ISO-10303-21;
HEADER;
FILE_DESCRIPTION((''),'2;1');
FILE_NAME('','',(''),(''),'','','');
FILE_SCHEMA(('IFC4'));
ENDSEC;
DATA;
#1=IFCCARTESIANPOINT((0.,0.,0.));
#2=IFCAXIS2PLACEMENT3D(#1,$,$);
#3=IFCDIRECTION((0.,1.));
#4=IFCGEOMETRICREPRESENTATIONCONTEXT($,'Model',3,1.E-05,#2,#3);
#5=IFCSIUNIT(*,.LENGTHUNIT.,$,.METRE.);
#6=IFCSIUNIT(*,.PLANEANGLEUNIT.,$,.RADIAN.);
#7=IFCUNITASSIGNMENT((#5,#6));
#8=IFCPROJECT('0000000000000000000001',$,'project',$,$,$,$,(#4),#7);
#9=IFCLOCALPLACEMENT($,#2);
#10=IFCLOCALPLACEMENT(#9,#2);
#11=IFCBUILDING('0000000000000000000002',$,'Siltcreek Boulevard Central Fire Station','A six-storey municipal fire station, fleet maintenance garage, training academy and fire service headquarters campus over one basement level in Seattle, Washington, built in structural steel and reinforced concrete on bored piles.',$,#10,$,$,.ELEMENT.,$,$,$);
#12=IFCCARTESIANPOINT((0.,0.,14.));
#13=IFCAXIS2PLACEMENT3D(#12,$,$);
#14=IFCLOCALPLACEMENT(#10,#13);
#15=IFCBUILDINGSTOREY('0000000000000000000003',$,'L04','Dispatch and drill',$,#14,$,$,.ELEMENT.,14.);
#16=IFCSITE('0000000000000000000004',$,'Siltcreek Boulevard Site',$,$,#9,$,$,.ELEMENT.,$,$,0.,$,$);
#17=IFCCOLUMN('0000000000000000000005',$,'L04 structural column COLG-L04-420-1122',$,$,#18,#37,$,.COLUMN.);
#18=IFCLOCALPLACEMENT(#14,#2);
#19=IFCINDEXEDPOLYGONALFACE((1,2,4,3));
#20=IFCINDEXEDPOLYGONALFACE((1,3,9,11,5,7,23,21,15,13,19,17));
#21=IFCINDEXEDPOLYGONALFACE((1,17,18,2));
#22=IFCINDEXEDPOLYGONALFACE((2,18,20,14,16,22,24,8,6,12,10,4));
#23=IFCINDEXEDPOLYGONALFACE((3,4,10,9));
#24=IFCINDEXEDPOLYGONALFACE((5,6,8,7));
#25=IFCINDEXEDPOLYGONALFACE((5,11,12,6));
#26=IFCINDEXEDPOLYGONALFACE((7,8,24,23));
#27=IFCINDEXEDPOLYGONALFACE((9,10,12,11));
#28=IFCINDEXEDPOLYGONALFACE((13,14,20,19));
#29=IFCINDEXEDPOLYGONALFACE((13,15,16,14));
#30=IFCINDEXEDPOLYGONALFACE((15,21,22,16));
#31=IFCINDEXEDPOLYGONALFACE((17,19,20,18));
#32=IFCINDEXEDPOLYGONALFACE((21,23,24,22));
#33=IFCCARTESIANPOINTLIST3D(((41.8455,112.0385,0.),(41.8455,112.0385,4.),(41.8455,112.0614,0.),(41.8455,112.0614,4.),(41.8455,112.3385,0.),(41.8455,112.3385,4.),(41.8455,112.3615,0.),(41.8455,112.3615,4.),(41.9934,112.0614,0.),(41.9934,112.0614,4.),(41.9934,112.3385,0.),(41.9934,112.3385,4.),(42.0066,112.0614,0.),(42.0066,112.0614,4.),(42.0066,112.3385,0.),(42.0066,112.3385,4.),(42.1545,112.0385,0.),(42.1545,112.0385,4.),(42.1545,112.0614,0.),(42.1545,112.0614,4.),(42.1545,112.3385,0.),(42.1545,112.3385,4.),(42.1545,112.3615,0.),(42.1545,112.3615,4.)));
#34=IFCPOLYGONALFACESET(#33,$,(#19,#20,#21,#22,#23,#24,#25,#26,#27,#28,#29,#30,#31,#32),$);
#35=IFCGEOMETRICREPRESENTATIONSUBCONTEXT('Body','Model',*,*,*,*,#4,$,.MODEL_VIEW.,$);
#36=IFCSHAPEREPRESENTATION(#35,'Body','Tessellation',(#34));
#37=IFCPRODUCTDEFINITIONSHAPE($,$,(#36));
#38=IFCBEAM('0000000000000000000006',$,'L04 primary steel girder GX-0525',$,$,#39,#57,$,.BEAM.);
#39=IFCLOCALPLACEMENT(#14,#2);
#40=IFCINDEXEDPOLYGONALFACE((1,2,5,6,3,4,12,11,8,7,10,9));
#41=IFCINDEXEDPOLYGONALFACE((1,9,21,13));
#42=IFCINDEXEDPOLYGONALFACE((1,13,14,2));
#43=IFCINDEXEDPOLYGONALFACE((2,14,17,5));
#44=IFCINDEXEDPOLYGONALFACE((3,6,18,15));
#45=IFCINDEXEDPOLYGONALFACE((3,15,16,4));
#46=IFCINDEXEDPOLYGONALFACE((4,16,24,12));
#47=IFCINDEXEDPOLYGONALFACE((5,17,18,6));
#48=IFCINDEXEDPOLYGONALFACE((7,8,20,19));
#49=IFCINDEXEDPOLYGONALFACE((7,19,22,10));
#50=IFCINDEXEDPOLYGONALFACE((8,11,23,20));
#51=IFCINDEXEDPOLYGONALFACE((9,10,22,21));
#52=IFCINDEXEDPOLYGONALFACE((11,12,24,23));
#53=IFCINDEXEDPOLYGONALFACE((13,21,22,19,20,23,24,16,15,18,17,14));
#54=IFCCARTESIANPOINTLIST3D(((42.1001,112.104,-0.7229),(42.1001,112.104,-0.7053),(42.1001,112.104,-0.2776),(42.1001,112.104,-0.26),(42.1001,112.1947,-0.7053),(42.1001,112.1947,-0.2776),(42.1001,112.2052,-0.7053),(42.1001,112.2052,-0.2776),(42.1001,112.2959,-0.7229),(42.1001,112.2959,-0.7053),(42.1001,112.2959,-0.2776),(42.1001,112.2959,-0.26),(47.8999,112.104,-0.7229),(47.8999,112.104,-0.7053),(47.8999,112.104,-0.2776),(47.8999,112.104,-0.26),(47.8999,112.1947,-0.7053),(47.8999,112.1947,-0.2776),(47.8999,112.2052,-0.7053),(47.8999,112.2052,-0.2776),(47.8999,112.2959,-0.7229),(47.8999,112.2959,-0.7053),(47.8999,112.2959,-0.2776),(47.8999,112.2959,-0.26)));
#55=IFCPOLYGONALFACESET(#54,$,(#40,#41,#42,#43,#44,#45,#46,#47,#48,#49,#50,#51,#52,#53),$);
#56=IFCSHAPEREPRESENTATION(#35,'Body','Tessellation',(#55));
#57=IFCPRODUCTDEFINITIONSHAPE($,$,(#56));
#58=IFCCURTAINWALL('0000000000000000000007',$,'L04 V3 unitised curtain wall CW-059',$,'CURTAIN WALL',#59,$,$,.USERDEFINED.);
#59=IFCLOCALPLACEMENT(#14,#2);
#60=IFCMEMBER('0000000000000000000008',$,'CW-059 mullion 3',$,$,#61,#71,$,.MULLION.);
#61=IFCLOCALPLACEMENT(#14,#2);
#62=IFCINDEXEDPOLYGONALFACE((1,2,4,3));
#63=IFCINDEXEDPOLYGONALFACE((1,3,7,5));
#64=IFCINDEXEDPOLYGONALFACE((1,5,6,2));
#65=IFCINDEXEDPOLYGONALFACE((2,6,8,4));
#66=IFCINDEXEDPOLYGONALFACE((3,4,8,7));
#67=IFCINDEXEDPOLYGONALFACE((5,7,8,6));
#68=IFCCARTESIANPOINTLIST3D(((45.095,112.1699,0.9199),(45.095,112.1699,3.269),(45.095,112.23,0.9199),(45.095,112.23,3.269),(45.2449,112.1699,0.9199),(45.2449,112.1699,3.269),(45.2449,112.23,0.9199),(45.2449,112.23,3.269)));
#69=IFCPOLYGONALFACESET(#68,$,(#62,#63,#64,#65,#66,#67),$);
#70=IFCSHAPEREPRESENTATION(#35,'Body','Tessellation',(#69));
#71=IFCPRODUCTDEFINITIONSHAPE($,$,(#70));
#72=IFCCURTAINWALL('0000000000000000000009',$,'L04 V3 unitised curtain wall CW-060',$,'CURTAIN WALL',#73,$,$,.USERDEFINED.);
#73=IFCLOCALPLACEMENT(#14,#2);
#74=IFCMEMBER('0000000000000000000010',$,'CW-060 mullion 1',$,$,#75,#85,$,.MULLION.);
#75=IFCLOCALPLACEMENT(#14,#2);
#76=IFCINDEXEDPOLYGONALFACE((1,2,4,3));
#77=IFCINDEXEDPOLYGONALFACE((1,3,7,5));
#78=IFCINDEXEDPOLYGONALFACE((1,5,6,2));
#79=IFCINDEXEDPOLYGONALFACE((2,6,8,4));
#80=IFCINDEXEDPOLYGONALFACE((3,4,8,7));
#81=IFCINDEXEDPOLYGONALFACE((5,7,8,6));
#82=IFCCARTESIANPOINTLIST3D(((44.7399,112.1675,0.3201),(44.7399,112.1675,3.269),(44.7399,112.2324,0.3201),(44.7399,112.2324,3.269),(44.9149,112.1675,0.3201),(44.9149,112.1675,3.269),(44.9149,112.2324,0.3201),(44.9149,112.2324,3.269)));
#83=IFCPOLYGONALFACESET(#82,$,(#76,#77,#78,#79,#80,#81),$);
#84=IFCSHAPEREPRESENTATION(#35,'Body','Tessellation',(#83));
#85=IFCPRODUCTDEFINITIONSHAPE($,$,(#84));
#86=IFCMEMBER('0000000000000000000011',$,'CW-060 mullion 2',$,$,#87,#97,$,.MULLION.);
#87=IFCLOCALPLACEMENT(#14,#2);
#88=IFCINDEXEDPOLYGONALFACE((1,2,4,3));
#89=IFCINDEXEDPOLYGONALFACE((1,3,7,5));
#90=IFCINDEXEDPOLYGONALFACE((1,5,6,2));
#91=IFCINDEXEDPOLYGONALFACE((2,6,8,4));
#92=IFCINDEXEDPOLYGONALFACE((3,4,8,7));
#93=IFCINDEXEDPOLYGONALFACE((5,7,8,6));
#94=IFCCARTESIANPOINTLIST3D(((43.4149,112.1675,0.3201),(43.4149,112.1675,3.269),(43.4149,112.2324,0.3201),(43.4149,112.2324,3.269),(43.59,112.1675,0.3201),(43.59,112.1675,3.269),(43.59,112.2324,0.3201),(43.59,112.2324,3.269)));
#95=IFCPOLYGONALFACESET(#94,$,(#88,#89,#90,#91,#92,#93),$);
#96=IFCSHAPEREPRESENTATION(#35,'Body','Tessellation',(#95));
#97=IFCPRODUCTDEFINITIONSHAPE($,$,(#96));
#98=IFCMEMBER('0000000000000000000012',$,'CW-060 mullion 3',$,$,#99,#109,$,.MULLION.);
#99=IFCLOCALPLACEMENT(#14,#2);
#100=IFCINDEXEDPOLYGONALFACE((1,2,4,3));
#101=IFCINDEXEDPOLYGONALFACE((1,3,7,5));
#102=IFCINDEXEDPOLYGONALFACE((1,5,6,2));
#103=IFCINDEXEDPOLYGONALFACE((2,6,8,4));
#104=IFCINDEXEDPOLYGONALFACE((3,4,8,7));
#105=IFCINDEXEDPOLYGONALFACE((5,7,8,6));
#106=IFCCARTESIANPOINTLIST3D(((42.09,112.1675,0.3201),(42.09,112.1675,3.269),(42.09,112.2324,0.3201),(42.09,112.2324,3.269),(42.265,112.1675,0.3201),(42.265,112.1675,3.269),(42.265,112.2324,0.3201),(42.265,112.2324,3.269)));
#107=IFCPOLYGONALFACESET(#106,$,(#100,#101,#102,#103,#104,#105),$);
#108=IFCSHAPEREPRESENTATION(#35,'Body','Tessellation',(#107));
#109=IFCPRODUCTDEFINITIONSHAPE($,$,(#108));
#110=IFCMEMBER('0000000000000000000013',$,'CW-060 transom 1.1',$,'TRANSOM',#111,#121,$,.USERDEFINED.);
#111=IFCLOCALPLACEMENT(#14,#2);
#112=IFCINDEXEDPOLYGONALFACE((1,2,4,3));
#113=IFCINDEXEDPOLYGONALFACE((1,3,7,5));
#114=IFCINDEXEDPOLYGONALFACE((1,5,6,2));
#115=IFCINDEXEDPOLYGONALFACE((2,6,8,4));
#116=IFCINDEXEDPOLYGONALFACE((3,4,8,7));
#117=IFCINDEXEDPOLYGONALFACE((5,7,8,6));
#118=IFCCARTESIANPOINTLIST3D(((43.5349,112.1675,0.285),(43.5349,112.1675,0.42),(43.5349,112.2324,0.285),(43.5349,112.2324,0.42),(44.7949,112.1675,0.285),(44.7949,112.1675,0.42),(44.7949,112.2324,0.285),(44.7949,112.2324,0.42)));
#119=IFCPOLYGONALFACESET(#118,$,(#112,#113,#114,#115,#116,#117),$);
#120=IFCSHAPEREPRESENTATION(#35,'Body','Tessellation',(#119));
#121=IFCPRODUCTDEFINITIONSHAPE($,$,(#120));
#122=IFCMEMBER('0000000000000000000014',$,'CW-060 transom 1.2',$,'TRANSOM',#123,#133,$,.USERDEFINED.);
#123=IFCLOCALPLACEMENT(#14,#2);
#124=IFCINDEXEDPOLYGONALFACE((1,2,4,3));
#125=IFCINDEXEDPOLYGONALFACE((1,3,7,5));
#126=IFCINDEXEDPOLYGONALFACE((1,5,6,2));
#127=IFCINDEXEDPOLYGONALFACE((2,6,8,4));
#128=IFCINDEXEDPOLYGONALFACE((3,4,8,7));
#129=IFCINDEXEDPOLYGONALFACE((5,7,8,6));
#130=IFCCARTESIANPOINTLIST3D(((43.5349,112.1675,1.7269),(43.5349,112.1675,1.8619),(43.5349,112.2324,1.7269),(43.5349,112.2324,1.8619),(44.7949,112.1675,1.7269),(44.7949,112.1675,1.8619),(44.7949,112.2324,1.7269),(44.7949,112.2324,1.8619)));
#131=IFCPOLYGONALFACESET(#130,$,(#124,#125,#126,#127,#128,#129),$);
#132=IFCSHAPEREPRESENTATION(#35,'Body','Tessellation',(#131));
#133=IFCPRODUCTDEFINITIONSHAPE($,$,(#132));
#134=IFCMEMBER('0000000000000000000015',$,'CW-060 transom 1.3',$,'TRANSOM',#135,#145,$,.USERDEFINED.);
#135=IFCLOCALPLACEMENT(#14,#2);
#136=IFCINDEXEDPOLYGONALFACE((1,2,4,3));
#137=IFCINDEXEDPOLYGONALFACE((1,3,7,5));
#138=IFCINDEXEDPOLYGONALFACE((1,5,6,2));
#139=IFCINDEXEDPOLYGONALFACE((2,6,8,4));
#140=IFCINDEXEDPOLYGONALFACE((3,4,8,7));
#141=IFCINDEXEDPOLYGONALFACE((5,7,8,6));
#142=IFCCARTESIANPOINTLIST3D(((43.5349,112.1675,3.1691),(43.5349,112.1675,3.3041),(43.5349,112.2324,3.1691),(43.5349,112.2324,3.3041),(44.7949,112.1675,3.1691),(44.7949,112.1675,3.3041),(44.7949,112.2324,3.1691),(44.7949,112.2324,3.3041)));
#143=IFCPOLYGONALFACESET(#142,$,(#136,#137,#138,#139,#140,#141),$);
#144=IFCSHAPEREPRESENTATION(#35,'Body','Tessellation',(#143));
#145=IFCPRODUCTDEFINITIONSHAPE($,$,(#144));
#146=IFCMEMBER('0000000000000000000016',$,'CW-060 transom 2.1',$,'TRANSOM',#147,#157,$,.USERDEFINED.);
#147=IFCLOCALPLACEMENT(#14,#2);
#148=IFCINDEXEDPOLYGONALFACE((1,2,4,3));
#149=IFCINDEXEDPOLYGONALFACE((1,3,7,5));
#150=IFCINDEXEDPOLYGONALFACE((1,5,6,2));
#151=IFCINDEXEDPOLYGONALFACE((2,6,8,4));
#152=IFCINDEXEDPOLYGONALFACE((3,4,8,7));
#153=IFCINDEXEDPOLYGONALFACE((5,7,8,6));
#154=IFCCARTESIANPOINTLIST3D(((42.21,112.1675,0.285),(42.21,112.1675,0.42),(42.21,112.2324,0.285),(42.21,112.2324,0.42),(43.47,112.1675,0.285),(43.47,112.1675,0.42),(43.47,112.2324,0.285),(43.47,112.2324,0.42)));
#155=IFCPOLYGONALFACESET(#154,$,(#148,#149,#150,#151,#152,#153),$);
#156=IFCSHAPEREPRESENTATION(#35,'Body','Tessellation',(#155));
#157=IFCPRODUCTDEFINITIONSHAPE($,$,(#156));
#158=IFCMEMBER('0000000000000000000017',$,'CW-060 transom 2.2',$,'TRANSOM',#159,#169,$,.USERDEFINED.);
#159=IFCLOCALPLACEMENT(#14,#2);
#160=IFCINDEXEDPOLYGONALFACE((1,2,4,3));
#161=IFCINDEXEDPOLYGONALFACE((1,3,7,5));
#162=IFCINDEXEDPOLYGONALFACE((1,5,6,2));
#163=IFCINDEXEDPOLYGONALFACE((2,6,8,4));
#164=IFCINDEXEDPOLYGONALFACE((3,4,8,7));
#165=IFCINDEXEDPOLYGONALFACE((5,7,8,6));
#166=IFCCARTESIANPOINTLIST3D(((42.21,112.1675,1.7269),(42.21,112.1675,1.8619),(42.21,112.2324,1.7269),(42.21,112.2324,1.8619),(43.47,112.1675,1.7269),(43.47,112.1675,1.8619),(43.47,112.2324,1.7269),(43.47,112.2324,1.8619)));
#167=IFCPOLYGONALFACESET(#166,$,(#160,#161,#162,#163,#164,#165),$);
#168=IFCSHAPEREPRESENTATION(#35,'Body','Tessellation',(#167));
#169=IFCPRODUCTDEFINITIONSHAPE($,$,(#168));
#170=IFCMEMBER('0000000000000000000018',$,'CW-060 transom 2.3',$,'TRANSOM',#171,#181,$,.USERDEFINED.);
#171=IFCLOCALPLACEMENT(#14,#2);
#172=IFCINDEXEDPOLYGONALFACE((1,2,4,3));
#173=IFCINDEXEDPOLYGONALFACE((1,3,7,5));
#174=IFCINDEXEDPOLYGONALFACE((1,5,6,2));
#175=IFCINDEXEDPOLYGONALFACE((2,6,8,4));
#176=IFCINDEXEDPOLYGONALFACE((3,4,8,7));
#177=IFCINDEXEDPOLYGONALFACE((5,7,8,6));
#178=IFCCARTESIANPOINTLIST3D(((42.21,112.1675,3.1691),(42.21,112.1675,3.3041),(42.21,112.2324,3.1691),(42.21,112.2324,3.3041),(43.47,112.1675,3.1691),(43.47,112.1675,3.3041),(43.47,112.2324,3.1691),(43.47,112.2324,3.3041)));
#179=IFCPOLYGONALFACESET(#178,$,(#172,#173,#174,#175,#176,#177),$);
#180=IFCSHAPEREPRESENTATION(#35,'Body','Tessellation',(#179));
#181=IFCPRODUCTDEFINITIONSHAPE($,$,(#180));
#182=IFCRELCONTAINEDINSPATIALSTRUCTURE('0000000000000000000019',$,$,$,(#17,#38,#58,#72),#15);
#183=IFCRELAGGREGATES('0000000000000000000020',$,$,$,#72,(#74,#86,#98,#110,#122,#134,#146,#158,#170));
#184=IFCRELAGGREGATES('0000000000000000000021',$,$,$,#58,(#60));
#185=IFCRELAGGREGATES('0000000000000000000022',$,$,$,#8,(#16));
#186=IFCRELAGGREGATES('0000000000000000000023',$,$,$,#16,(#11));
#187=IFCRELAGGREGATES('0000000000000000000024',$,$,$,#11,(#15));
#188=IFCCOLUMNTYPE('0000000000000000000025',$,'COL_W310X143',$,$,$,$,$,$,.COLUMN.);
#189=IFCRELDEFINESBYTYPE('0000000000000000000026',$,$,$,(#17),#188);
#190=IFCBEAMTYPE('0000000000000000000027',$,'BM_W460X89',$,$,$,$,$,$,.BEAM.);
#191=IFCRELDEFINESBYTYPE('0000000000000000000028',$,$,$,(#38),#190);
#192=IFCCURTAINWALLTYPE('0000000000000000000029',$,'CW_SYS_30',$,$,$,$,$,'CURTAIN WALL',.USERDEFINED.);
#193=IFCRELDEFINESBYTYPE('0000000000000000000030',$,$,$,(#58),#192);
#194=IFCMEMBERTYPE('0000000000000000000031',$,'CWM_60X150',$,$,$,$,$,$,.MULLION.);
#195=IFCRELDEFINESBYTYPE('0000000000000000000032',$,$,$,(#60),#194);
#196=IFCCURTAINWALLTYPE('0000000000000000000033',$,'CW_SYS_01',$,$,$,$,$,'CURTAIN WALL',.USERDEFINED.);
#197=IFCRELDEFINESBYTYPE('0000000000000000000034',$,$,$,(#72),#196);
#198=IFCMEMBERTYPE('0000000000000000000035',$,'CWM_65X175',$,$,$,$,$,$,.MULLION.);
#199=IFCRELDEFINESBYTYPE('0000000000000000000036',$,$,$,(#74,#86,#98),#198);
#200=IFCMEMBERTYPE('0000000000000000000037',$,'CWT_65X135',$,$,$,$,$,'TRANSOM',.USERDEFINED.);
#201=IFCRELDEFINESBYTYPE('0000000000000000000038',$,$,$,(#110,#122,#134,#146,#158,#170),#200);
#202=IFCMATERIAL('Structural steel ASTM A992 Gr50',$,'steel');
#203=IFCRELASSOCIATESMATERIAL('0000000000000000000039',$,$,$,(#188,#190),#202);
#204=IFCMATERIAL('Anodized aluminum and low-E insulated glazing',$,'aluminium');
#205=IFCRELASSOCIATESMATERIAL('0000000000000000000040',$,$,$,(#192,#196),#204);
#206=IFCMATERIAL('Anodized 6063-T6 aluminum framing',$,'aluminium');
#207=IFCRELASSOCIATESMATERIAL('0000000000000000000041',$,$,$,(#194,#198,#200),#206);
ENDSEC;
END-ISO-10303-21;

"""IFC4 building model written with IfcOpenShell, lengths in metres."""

from ifc_helpers import new_model, si_unit, direction, frame, origin, origin_2d, place, context, subcontext, project, spatial, rectangle, i_section, extrude, material, material_profile, profile_set, type_object, element, aggregate, save


model = new_model("IFC4")

# Units and contexts
model_context = context("Model", 3, precision=1e-05, world=origin(), true_north=direction((0.0, 1.0)))
body_context = subcontext(model_context, "Body", "Model", "MODEL_VIEW")
ifc_project = project(units=[si_unit("LENGTHUNIT", "METRE"), si_unit("PLANEANGLEUNIT", "RADIAN")], contexts=[model_context])

# Site, building, storey
site_placement = place(None, origin())
site = spatial("IfcSite", under=ifc_project, at=site_placement, Name="Siltcreek Boulevard Site", CompositionType="ELEMENT", RefElevation=0.0)
building_placement = place(site_placement, origin())
building = spatial("IfcBuilding", under=site, at=building_placement, Name="Siltcreek Boulevard Central Fire Station", Description="A six-storey municipal fire station, fleet maintenance garage, training academy and fire service headquarters campus over one basement level in Seattle, Washington, built in structural steel and reinforced concrete on bored piles.", CompositionType="ELEMENT")
storey_placement = place(building_placement, frame((0.0, 0.0, 14.0)))
storey = spatial("IfcBuildingStorey", under=building, at=storey_placement, Name="L04", Description="Dispatch and drill", CompositionType="ELEMENT", Elevation=14.0)

# Column
ifc_material_1 = material(Name="Structural steel ASTM A992 Gr50", Category="steel")
ifc_material_profile_1 = material_profile(ifc_material_1, i_section(OverallWidth=0.3091, OverallDepth=0.323, WebThickness=0.0132, FlangeThickness=0.0229, at=origin_2d()), Name="W310X143")
ifc_profile_set_1 = profile_set([ifc_material_profile_1], Name="Structural steel ASTM A992 Gr50")
column_type = type_object("IfcColumnType", Name="COL_W310X143", PredefinedType="COLUMN", material=ifc_profile_set_1)
column_placement = place(storey_placement, frame((42.0, 112.2, 0.0), z_axis=(0.0, 0.0, 1.0), x_axis=(1.0, 0.0, 0.0)))
element("IfcColumn", 1, at=column_placement, inside=storey, type_object=column_type, Name="L04 structural column COLG-L04-420-1122", PredefinedType="COLUMN", context=body_context, shape_type="SweptSolid", body=[
    extrude(i_section(OverallWidth=0.3091, OverallDepth=0.323, WebThickness=0.0132, FlangeThickness=0.0229, at=origin_2d()), origin(), (0.0, 0.0, 1.0), 4.0),
])

# Beam
ifc_material_profile_2 = material_profile(ifc_material_1, i_section(OverallWidth=0.1919, OverallDepth=0.4629, WebThickness=0.0105, FlangeThickness=0.0176, at=origin_2d()), Name="W460X89")
ifc_profile_set_2 = profile_set([ifc_material_profile_2], Name="Structural steel ASTM A992 Gr50")
beam_type = type_object("IfcBeamType", Name="BM_W460X89", PredefinedType="BEAM", material=ifc_profile_set_2)
beam_placement = place(storey_placement, frame((42.1001, 112.2, -0.4915), z_axis=(1.0, 0.0, 0.0), x_axis=(0.0, 1.0, 0.0)))
element("IfcBeam", 2, at=beam_placement, inside=storey, type_object=beam_type, Name="L04 primary steel girder GX-0525", PredefinedType="BEAM", context=body_context, shape_type="SweptSolid", body=[
    extrude(i_section(OverallWidth=0.1919, OverallDepth=0.4629, WebThickness=0.0105, FlangeThickness=0.0176, at=origin_2d()), origin(), (0.0, 0.0, 1.0), 5.7998),
])

# Curtain wall, member
ifc_material_2 = material(Name="Anodized aluminum and low-E insulated glazing", Category="aluminium")
curtain_wall_type_1 = type_object("IfcCurtainWallType", Name="CW_SYS_30", ElementType="CURTAIN WALL", PredefinedType="USERDEFINED", material=ifc_material_2)
curtain_wall_1_placement = place(storey_placement, origin())
curtain_wall_1 = element("IfcCurtainWall", 3, at=curtain_wall_1_placement, inside=storey, type_object=curtain_wall_type_1, Name="L04 V3 unitised curtain wall CW-059", ObjectType="CURTAIN WALL", PredefinedType="USERDEFINED")
ifc_material_3 = material(Name="Anodized 6063-T6 aluminum framing", Category="aluminium")
ifc_material_profile_3 = material_profile(ifc_material_3, rectangle(XDim=0.0601, YDim=0.1499, at=origin_2d()), Name="MULL60X150")
ifc_profile_set_3 = profile_set([ifc_material_profile_3], Name="Anodized 6063-T6 aluminum framing")
member_type_1 = type_object("IfcMemberType", Name="CWM_60X150", PredefinedType="MULLION", material=ifc_profile_set_3)
member_1_placement = place(storey_placement, frame((45.1699, 112.2, 0.9199), z_axis=(0.0, 0.0, 1.0), x_axis=(0.0, -1.0, 0.0)))
member_1 = element("IfcMember", 4, at=member_1_placement, type_object=member_type_1, Name="CW-059 mullion 3", PredefinedType="MULLION", context=body_context, shape_type="SweptSolid", body=[
    extrude(rectangle(XDim=0.0601, YDim=0.1499, at=origin_2d()), origin(), (0.0, 0.0, 1.0), 2.3491),
])

# Curtain wall, members
curtain_wall_type_2 = type_object("IfcCurtainWallType", Name="CW_SYS_01", ElementType="CURTAIN WALL", PredefinedType="USERDEFINED", material=ifc_material_2)
curtain_wall_2_placement = place(storey_placement, origin())
curtain_wall_2 = element("IfcCurtainWall", 5, at=curtain_wall_2_placement, inside=storey, type_object=curtain_wall_type_2, Name="L04 V3 unitised curtain wall CW-060", ObjectType="CURTAIN WALL", PredefinedType="USERDEFINED")
ifc_material_profile_4 = material_profile(ifc_material_3, rectangle(XDim=0.0649, YDim=0.175, at=origin_2d()), Name="MULL65X175")
ifc_profile_set_4 = profile_set([ifc_material_profile_4], Name="Anodized 6063-T6 aluminum framing")
member_type_2 = type_object("IfcMemberType", Name="CWM_65X175", PredefinedType="MULLION", material=ifc_profile_set_4)
member_2_placement = place(storey_placement, frame((44.8274, 112.2, 0.3201), z_axis=(0.0, 0.0, 1.0), x_axis=(0.0, -1.0, 0.0)))
member_2 = element("IfcMember", 6, at=member_2_placement, type_object=member_type_2, Name="CW-060 mullion 1", PredefinedType="MULLION", context=body_context, shape_type="SweptSolid", body=[
    extrude(rectangle(XDim=0.0649, YDim=0.175, at=origin_2d()), origin(), (0.0, 0.0, 1.0), 2.949),
])
member_3_placement = place(storey_placement, frame((43.5024, 112.2, 0.3201), z_axis=(0.0, 0.0, 1.0), x_axis=(0.0, -1.0, 0.0)))
member_3 = element("IfcMember", 7, at=member_3_placement, type_object=member_type_2, Name="CW-060 mullion 2", PredefinedType="MULLION", context=body_context, shape_type="SweptSolid", body=[
    extrude(rectangle(XDim=0.0649, YDim=0.175, at=origin_2d()), origin(), (0.0, 0.0, 1.0), 2.949),
])
member_4_placement = place(storey_placement, frame((42.1775, 112.2, 0.3201), z_axis=(0.0, 0.0, 1.0), x_axis=(0.0, -1.0, 0.0)))
member_4 = element("IfcMember", 8, at=member_4_placement, type_object=member_type_2, Name="CW-060 mullion 3", PredefinedType="MULLION", context=body_context, shape_type="SweptSolid", body=[
    extrude(rectangle(XDim=0.0649, YDim=0.175, at=origin_2d()), origin(), (0.0, 0.0, 1.0), 2.949),
])
ifc_material_profile_5 = material_profile(ifc_material_3, rectangle(XDim=0.0649, YDim=0.135, at=origin_2d()), Name="TRAN65X135")
ifc_profile_set_5 = profile_set([ifc_material_profile_5], Name="Anodized 6063-T6 aluminum framing")
member_type_3 = type_object("IfcMemberType", Name="CWT_65X135", ElementType="TRANSOM", PredefinedType="USERDEFINED", material=ifc_profile_set_5)
member_5_placement = place(storey_placement, frame((44.7949, 112.2, 0.3525), z_axis=(-1.0, 0.0, 0.0), x_axis=(0.0, -1.0, 0.0)))
member_5 = element("IfcMember", 9, at=member_5_placement, type_object=member_type_3, Name="CW-060 transom 1.1", ObjectType="TRANSOM", PredefinedType="USERDEFINED", context=body_context, shape_type="SweptSolid", body=[
    extrude(rectangle(XDim=0.0649, YDim=0.135, at=origin_2d()), origin(), (0.0, 0.0, 1.0), 1.26),
])
member_6_placement = place(storey_placement, frame((44.7949, 112.2, 1.7944), z_axis=(-1.0, 0.0, 0.0), x_axis=(0.0, -1.0, 0.0)))
member_6 = element("IfcMember", 10, at=member_6_placement, type_object=member_type_3, Name="CW-060 transom 1.2", ObjectType="TRANSOM", PredefinedType="USERDEFINED", context=body_context, shape_type="SweptSolid", body=[
    extrude(rectangle(XDim=0.0649, YDim=0.135, at=origin_2d()), origin(), (0.0, 0.0, 1.0), 1.26),
])
member_7_placement = place(storey_placement, frame((44.7949, 112.2, 3.2366), z_axis=(-1.0, 0.0, 0.0), x_axis=(0.0, -1.0, 0.0)))
member_7 = element("IfcMember", 11, at=member_7_placement, type_object=member_type_3, Name="CW-060 transom 1.3", ObjectType="TRANSOM", PredefinedType="USERDEFINED", context=body_context, shape_type="SweptSolid", body=[
    extrude(rectangle(XDim=0.0649, YDim=0.135, at=origin_2d()), origin(), (0.0, 0.0, 1.0), 1.26),
])
member_8_placement = place(storey_placement, frame((43.47, 112.2, 0.3525), z_axis=(-1.0, 0.0, 0.0), x_axis=(0.0, -1.0, 0.0)))
member_8 = element("IfcMember", 12, at=member_8_placement, type_object=member_type_3, Name="CW-060 transom 2.1", ObjectType="TRANSOM", PredefinedType="USERDEFINED", context=body_context, shape_type="SweptSolid", body=[
    extrude(rectangle(XDim=0.0649, YDim=0.135, at=origin_2d()), origin(), (0.0, 0.0, 1.0), 1.26),
])
member_9_placement = place(storey_placement, frame((43.47, 112.2, 1.7944), z_axis=(-1.0, 0.0, 0.0), x_axis=(0.0, -1.0, 0.0)))
member_9 = element("IfcMember", 13, at=member_9_placement, type_object=member_type_3, Name="CW-060 transom 2.2", ObjectType="TRANSOM", PredefinedType="USERDEFINED", context=body_context, shape_type="SweptSolid", body=[
    extrude(rectangle(XDim=0.0649, YDim=0.135, at=origin_2d()), origin(), (0.0, 0.0, 1.0), 1.26),
])
member_10_placement = place(storey_placement, frame((43.47, 112.2, 3.2366), z_axis=(-1.0, 0.0, 0.0), x_axis=(0.0, -1.0, 0.0)))
member_10 = element("IfcMember", 14, at=member_10_placement, type_object=member_type_3, Name="CW-060 transom 2.3", ObjectType="TRANSOM", PredefinedType="USERDEFINED", context=body_context, shape_type="SweptSolid", body=[
    extrude(rectangle(XDim=0.0649, YDim=0.135, at=origin_2d()), origin(), (0.0, 0.0, 1.0), 1.26),
])
aggregate(curtain_wall_2, [member_2, member_3, member_4, member_5, member_6, member_7, member_8, member_9, member_10])

aggregate(curtain_wall_1, [member_1])

save(model, "model.ifc")
